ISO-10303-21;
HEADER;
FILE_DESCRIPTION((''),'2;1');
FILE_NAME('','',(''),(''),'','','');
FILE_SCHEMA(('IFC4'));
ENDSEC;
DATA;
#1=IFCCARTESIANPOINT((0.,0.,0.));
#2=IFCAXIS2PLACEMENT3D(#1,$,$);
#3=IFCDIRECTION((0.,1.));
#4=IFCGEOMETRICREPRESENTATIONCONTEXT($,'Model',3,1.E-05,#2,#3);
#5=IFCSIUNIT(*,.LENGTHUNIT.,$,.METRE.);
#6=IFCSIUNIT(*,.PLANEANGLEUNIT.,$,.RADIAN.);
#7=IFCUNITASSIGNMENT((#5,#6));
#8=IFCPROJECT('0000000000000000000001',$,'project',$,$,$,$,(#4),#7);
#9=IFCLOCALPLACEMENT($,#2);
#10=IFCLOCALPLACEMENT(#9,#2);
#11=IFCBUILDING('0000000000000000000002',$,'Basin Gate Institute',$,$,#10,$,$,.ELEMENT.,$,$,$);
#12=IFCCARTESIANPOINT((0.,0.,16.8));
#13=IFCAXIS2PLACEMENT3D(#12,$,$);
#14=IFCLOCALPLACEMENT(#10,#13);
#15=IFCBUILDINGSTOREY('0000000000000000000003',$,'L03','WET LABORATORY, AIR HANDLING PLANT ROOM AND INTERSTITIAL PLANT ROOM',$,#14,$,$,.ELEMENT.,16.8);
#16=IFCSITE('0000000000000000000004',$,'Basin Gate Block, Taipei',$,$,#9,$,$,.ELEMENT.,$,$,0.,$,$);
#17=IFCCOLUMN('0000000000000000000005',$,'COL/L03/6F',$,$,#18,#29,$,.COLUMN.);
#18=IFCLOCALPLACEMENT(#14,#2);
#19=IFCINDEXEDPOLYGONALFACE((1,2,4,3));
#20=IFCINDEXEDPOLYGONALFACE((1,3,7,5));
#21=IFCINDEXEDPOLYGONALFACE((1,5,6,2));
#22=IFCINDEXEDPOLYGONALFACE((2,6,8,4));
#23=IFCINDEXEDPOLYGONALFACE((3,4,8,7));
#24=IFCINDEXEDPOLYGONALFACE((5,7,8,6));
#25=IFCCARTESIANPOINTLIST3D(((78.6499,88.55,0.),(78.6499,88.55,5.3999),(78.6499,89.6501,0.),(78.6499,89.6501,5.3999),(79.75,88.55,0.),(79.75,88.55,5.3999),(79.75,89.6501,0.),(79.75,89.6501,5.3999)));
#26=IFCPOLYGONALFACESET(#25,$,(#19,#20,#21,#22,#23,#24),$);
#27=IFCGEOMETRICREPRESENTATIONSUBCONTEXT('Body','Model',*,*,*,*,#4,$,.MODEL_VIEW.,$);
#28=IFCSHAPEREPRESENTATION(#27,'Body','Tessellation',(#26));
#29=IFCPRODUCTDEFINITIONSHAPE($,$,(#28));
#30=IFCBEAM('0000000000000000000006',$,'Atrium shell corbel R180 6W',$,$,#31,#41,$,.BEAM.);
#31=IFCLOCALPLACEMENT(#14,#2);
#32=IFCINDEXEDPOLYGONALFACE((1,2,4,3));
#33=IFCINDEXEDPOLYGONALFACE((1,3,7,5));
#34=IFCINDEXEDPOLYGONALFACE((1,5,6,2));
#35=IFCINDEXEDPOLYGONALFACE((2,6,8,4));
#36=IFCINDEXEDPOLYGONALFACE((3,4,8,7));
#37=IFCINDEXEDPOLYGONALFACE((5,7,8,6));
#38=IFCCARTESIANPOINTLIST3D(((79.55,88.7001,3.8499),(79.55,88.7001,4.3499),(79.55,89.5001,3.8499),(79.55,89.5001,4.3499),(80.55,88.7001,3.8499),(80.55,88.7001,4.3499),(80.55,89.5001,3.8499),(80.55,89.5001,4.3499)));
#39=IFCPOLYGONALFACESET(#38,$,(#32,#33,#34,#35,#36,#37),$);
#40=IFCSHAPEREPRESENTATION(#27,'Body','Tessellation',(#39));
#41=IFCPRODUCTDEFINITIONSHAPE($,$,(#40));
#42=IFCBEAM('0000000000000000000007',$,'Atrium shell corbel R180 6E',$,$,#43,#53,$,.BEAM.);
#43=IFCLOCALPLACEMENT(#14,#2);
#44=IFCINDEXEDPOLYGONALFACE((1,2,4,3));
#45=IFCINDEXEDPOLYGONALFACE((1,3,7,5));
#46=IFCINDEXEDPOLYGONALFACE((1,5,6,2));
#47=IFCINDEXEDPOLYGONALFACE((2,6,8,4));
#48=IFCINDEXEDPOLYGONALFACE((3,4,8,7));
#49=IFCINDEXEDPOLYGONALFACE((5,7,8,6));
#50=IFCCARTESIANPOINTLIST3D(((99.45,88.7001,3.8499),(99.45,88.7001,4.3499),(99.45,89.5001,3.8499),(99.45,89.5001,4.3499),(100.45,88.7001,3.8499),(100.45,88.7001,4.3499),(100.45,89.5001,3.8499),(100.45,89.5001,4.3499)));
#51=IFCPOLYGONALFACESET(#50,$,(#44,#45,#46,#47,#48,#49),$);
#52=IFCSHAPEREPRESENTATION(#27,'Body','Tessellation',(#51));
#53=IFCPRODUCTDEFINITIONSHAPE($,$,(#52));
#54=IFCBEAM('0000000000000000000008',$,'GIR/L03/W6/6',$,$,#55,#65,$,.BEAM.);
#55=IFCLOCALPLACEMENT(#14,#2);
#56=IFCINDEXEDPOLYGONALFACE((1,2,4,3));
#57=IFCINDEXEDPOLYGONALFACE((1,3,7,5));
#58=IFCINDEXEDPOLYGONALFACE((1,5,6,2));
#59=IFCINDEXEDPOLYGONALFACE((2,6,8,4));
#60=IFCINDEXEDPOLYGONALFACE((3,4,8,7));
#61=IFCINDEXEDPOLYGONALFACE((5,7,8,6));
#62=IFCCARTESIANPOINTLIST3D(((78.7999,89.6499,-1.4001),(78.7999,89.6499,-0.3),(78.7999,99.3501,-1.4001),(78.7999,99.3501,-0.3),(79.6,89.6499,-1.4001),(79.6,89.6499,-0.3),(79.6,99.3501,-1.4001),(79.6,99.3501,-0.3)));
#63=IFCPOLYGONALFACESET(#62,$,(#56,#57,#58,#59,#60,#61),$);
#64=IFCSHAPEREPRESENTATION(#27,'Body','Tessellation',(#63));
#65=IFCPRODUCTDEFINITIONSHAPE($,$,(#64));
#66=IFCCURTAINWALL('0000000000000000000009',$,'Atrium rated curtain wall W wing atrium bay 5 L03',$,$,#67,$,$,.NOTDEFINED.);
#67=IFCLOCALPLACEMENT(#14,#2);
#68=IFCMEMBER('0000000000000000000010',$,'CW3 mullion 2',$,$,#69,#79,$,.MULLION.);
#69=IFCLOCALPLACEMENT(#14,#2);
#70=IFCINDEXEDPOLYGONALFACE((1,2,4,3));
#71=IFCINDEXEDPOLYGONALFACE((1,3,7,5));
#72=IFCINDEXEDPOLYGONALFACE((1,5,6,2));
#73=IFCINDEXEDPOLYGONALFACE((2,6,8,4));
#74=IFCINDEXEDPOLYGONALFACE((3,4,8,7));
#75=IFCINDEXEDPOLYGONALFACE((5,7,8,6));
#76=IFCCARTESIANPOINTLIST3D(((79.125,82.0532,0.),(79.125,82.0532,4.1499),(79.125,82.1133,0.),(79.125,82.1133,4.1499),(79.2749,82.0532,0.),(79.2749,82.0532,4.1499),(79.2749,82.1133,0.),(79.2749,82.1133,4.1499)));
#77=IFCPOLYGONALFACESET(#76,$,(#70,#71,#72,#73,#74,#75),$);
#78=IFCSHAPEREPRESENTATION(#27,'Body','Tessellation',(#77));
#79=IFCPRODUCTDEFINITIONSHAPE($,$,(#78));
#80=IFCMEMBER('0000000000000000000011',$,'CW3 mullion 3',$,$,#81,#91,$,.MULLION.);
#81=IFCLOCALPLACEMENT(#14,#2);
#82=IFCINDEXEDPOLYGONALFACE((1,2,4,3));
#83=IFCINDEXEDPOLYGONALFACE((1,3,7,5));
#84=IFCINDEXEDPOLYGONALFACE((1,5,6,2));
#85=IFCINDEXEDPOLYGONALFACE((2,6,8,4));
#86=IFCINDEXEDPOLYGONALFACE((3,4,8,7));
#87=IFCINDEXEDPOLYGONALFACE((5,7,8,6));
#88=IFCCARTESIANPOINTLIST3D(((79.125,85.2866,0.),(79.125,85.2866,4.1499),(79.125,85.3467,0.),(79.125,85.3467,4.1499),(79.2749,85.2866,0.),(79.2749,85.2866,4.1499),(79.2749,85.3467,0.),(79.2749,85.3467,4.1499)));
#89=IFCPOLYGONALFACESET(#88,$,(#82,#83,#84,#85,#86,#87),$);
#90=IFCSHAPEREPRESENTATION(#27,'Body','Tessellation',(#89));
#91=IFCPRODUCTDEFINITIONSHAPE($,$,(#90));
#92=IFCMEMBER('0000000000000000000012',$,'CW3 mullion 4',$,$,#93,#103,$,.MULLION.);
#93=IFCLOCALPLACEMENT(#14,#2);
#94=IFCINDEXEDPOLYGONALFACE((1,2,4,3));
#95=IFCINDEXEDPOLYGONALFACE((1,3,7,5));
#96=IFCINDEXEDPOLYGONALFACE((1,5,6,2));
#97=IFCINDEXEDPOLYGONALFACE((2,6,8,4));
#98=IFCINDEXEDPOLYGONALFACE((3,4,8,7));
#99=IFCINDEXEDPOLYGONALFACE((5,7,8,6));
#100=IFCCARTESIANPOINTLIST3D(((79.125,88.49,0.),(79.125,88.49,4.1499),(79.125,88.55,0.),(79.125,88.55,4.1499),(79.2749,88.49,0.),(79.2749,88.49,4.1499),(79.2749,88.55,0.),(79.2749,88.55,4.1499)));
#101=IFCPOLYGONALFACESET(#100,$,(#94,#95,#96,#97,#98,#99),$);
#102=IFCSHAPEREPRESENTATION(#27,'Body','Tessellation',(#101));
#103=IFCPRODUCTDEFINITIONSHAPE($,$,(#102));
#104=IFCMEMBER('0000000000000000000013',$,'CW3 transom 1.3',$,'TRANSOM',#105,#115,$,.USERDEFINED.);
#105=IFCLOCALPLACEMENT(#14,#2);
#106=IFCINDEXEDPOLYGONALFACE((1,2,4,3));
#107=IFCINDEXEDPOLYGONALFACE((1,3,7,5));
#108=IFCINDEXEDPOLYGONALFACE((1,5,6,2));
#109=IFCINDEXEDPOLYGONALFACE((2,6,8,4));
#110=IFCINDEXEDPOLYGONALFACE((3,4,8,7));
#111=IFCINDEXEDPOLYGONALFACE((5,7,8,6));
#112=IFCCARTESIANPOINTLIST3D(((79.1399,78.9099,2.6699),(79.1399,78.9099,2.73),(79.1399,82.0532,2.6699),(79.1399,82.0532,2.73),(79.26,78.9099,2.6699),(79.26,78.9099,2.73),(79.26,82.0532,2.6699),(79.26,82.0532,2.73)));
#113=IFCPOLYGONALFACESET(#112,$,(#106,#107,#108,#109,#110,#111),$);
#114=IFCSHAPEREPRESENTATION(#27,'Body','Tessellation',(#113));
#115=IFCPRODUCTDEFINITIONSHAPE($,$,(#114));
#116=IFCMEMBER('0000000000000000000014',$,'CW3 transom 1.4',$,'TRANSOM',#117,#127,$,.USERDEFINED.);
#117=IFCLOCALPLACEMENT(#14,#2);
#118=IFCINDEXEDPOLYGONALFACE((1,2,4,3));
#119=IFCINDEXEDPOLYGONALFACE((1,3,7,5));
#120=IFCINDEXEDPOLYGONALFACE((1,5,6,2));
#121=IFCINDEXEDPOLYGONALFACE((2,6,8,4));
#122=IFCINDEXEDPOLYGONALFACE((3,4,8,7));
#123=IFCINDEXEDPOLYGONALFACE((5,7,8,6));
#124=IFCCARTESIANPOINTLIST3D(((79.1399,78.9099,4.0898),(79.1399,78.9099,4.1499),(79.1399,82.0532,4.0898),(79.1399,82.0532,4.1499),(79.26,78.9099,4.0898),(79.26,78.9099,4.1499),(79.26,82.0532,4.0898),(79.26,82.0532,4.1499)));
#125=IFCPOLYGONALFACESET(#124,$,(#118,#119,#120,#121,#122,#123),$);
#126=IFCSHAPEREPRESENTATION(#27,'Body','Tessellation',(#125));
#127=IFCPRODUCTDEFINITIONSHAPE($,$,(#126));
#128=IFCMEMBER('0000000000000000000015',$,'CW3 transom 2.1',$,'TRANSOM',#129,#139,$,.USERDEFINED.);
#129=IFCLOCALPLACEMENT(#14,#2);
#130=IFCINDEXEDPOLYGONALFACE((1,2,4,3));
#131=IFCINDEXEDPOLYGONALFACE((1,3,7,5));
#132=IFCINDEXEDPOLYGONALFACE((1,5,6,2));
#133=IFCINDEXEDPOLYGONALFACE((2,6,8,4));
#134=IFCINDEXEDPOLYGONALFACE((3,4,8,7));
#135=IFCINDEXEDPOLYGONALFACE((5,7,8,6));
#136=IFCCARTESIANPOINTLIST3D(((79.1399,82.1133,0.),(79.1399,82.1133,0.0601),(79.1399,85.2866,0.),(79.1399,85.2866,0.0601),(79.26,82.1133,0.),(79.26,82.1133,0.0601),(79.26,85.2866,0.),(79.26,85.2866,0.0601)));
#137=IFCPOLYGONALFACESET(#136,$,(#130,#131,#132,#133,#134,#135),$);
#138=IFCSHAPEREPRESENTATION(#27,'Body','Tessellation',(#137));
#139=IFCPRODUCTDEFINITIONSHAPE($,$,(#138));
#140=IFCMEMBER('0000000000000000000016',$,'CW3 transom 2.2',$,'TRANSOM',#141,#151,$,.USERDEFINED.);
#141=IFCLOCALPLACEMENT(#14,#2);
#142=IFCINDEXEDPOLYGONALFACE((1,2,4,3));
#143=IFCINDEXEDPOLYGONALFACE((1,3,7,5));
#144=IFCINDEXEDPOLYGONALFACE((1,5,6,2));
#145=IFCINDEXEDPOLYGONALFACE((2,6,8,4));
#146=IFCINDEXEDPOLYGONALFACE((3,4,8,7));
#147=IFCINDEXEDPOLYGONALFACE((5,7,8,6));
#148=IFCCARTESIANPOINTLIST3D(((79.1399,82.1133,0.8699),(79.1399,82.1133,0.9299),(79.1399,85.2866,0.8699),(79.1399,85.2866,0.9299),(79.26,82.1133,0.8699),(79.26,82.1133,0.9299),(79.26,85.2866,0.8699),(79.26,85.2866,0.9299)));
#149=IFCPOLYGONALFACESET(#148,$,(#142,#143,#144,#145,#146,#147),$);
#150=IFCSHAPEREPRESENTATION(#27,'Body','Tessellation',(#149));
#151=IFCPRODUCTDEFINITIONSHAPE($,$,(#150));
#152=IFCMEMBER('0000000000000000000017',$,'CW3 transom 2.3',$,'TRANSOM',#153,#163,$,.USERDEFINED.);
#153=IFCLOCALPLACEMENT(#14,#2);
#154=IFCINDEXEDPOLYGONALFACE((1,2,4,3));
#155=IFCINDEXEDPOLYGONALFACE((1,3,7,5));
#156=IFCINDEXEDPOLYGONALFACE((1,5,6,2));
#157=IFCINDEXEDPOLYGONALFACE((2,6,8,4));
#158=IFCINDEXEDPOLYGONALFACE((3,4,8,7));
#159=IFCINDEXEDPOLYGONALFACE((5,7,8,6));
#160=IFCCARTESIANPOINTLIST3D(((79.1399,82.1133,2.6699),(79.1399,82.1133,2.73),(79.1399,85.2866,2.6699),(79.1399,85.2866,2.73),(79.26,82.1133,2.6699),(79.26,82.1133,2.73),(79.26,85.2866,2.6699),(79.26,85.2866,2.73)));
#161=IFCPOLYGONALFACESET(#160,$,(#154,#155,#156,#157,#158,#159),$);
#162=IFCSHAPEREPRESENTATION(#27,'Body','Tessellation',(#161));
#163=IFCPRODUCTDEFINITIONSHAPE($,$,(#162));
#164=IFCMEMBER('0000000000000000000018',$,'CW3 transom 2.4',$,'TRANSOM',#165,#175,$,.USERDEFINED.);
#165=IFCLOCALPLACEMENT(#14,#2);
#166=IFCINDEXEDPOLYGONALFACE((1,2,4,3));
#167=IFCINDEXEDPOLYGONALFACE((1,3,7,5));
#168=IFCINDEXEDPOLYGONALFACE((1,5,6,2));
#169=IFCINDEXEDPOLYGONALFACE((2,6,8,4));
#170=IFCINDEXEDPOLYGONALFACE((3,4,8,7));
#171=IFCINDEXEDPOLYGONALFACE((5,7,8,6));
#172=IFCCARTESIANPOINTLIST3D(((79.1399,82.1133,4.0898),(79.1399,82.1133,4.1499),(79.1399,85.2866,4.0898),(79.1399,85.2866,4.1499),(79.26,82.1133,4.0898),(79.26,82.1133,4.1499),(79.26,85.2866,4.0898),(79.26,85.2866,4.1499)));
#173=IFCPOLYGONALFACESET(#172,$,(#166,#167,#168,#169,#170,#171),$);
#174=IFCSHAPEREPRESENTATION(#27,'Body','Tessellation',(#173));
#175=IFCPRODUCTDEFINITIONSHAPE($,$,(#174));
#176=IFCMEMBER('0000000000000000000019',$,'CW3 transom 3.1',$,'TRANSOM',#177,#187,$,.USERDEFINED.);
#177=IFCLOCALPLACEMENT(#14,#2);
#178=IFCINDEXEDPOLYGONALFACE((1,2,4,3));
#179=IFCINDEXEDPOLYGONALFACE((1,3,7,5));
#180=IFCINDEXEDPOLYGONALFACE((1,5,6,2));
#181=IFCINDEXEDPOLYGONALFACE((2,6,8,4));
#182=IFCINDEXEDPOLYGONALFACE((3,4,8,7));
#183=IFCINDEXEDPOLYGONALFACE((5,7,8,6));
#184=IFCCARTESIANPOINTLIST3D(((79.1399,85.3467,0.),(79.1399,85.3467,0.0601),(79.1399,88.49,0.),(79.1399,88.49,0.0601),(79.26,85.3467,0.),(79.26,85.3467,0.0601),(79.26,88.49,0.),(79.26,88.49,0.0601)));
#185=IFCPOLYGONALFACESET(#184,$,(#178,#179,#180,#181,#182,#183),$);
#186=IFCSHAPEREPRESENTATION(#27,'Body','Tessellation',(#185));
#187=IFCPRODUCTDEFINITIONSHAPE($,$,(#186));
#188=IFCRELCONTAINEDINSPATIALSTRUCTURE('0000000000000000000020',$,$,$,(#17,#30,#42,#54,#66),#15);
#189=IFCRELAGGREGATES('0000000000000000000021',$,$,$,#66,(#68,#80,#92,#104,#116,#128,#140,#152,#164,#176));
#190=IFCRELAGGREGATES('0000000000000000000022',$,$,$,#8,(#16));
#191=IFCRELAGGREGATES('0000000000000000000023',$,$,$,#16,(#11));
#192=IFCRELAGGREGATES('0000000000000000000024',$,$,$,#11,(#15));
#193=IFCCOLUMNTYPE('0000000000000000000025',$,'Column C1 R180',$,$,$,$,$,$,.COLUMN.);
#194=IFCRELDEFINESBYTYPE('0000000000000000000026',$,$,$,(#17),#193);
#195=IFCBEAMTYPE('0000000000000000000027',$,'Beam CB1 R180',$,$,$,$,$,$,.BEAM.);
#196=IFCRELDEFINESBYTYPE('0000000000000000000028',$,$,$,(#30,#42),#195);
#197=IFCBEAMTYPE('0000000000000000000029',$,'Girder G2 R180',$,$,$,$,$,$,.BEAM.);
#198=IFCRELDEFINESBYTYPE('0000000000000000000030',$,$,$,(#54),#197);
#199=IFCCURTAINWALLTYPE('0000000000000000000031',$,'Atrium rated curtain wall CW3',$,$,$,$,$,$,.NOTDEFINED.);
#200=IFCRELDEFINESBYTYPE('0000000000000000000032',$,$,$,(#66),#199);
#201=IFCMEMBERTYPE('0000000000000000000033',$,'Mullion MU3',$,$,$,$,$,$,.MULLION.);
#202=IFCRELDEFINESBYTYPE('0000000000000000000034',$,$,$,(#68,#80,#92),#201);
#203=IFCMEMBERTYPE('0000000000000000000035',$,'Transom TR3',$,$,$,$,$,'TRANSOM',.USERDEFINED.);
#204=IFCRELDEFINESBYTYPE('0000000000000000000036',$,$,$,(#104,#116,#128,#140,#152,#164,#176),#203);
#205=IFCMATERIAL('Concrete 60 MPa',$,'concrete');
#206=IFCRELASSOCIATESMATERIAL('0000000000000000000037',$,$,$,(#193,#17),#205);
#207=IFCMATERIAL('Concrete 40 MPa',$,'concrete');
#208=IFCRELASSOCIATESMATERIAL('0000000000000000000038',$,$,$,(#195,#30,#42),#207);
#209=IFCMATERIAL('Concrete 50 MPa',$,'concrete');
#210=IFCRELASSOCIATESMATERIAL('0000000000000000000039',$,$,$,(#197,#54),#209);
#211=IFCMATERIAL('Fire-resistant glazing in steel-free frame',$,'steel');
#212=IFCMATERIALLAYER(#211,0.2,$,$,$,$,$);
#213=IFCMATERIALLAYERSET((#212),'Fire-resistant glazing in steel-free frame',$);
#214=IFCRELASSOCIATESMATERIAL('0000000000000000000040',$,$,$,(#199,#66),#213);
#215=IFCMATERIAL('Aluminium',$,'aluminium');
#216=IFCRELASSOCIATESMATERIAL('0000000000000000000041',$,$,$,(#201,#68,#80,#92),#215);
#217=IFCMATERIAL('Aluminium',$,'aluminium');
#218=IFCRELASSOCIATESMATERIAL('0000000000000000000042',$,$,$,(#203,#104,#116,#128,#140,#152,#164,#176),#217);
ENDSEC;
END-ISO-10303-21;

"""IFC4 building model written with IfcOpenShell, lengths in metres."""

from ifc_helpers import new_model, si_unit, direction, frame, origin, origin_2d, place, context, subcontext, project, spatial, rectangle, extrude, material, layer, layer_set, material_profile, profile_set, type_object, element, aggregate, save


model = new_model("IFC4")

# Units and contexts
model_context = context("Model", 3, precision=1e-05, world=origin(), true_north=direction((0.0, 1.0)))
body_context = subcontext(model_context, "Body", "Model", "MODEL_VIEW")
ifc_project = project(units=[si_unit("LENGTHUNIT", "METRE"), si_unit("PLANEANGLEUNIT", "RADIAN")], contexts=[model_context])

# Site, building, storey
site_placement = place(None, origin())
site = spatial("IfcSite", under=ifc_project, at=site_placement, Name="Basin Gate Block, Taipei", CompositionType="ELEMENT", RefElevation=0.0)
building_placement = place(site_placement, origin())
building = spatial("IfcBuilding", under=site, at=building_placement, Name="Basin Gate Institute", CompositionType="ELEMENT")
storey_placement = place(building_placement, frame((0.0, 0.0, 16.8)))
storey = spatial("IfcBuildingStorey", under=building, at=storey_placement, Name="L03", Description="WET LABORATORY, AIR HANDLING PLANT ROOM AND INTERSTITIAL PLANT ROOM", CompositionType="ELEMENT", Elevation=16.8)

# Column
ifc_material_1 = material(Name="Concrete 60 MPa", Category="concrete")
ifc_material_profile_1 = material_profile(ifc_material_1, rectangle(XDim=1.1001, YDim=1.1001, at=origin_2d()), Name="Column C1 1100 x 1100")
ifc_profile_set_1 = profile_set([ifc_material_profile_1], Name="Concrete 60 MPa")
column_type = type_object("IfcColumnType", Name="Column C1 R180", PredefinedType="COLUMN", material=ifc_profile_set_1)
column_placement = place(storey_placement, frame((79.2, 89.1001, 0.0), z_axis=(0.0, 0.0, 1.0), x_axis=(1.0, 0.0, 0.0)))
element("IfcColumn", 1, at=column_placement, inside=storey, type_object=column_type, material=ifc_profile_set_1, Name="COL/L03/6F", PredefinedType="COLUMN", context=body_context, shape_type="SweptSolid", body=[
    extrude(rectangle(XDim=1.1001, YDim=1.1001, at=origin_2d()), origin(), (0.0, 0.0, 1.0), 5.3999),
])

# Beams
ifc_material_2 = material(Name="Concrete 40 MPa", Category="concrete")
ifc_material_profile_2 = material_profile(ifc_material_2, rectangle(XDim=0.8, YDim=0.5, at=origin_2d()), Name="Beam CB1 800 x 500")
ifc_profile_set_2 = profile_set([ifc_material_profile_2], Name="Concrete 40 MPa")
beam_type_1 = type_object("IfcBeamType", Name="Beam CB1 R180", PredefinedType="BEAM", material=ifc_profile_set_2)
for number, where, z_axis, x_axis, name in (
    (2, (79.55, 89.1001, 4.0999), (1.0, 0.0, 0.0), (0.0, 1.0, 0.0), "Atrium shell corbel R180 6W"),
    (3, (100.45, 89.1001, 4.0999), (-1.0, 0.0, 0.0), (0.0, -1.0, 0.0), "Atrium shell corbel R180 6E"),
):
    element("IfcBeam", number, at=place(storey_placement, frame(where, z_axis=z_axis, x_axis=x_axis)), inside=storey, type_object=beam_type_1, material=ifc_profile_set_2, Name=name, PredefinedType="BEAM", context=body_context, shape_type="SweptSolid", body=[
        extrude(rectangle(XDim=0.8, YDim=0.5, at=origin_2d()), origin(), (0.0, 0.0, 1.0), 1.0),
    ])
ifc_material_3 = material(Name="Concrete 50 MPa", Category="concrete")
ifc_material_profile_3 = material_profile(ifc_material_3, rectangle(XDim=0.8, YDim=1.1001, at=origin_2d()), Name="Girder G2 800 x 1100")
ifc_profile_set_3 = profile_set([ifc_material_profile_3], Name="Concrete 50 MPa")
beam_type_2 = type_object("IfcBeamType", Name="Girder G2 R180", PredefinedType="BEAM", material=ifc_profile_set_3)
beam_placement = place(storey_placement, frame((79.2, 89.6499, -0.8501), z_axis=(0.0, 1.0, 0.0), x_axis=(-1.0, 0.0, 0.0)))
element("IfcBeam", 4, at=beam_placement, inside=storey, type_object=beam_type_2, material=ifc_profile_set_3, Name="GIR/L03/W6/6", PredefinedType="BEAM", context=body_context, shape_type="SweptSolid", body=[
    extrude(rectangle(XDim=0.8, YDim=1.1001, at=origin_2d()), origin(), (0.0, 0.0, 1.0), 9.7002),
])

# Curtain wall, members
ifc_material_4 = material(Name="Fire-resistant glazing in steel-free frame", Category="steel")
ifc_layer_1 = layer(ifc_material_4, 0.2)
ifc_layer_set_1 = layer_set([ifc_layer_1], Name="Fire-resistant glazing in steel-free frame")
curtain_wall_type = type_object("IfcCurtainWallType", Name="Atrium rated curtain wall CW3", PredefinedType="NOTDEFINED", material=ifc_layer_set_1)
curtain_wall_placement = place(storey_placement, origin())
curtain_wall = element("IfcCurtainWall", 5, at=curtain_wall_placement, inside=storey, type_object=curtain_wall_type, material=ifc_layer_set_1, Name="Atrium rated curtain wall W wing atrium bay 5 L03", PredefinedType="NOTDEFINED")
ifc_material_5 = material(Name="Aluminium", Category="aluminium")
ifc_material_profile_4 = material_profile(ifc_material_5, rectangle(XDim=0.1499, YDim=0.0601, at=origin_2d()), Name="Mullion MU3 150 x 60")
ifc_profile_set_4 = profile_set([ifc_material_profile_4], Name="Aluminium")
member_type_1 = type_object("IfcMemberType", Name="Mullion MU3", PredefinedType="MULLION", material=ifc_profile_set_4)
member_1_placement = place(storey_placement, frame((79.2, 82.0833, 0.0), z_axis=(0.0, 0.0, 1.0), x_axis=(-1.0, 0.0, 0.0)))
member_1 = element("IfcMember", 6, at=member_1_placement, type_object=member_type_1, material=ifc_profile_set_4, Name="CW3 mullion 2", PredefinedType="MULLION", context=body_context, shape_type="SweptSolid", body=[
    extrude(rectangle(XDim=0.1499, YDim=0.0601, at=origin_2d()), origin(), (0.0, 0.0, 1.0), 4.1499),
])
member_2_placement = place(storey_placement, frame((79.2, 85.3167, 0.0), z_axis=(0.0, 0.0, 1.0), x_axis=(-1.0, 0.0, 0.0)))
member_2 = element("IfcMember", 7, at=member_2_placement, type_object=member_type_1, material=ifc_profile_set_4, Name="CW3 mullion 3", PredefinedType="MULLION", context=body_context, shape_type="SweptSolid", body=[
    extrude(rectangle(XDim=0.1499, YDim=0.0601, at=origin_2d()), origin(), (0.0, 0.0, 1.0), 4.1499),
])
member_3_placement = place(storey_placement, frame((79.2, 88.52, 0.0), z_axis=(0.0, 0.0, 1.0), x_axis=(-1.0, 0.0, 0.0)))
member_3 = element("IfcMember", 8, at=member_3_placement, type_object=member_type_1, material=ifc_profile_set_4, Name="CW3 mullion 4", PredefinedType="MULLION", context=body_context, shape_type="SweptSolid", body=[
    extrude(rectangle(XDim=0.1499, YDim=0.0601, at=origin_2d()), origin(), (0.0, 0.0, 1.0), 4.1499),
])
ifc_material_6 = material(Name="Aluminium", Category="aluminium")
ifc_material_profile_5 = material_profile(ifc_material_6, rectangle(XDim=0.1201, YDim=0.0601, at=origin_2d()), Name="Transom TR3 120 x 60")
ifc_profile_set_5 = profile_set([ifc_material_profile_5], Name="Aluminium")
member_type_2 = type_object("IfcMemberType", Name="Transom TR3", ElementType="TRANSOM", PredefinedType="USERDEFINED", material=ifc_profile_set_5)
member_4_placement = place(storey_placement, frame((79.2, 78.9099, 2.7), z_axis=(0.0, 1.0, 0.0), x_axis=(-1.0, 0.0, 0.0)))
member_4 = element("IfcMember", 9, at=member_4_placement, type_object=member_type_2, material=ifc_profile_set_5, Name="CW3 transom 1.3", ObjectType="TRANSOM", PredefinedType="USERDEFINED", context=body_context, shape_type="SweptSolid", body=[
    extrude(rectangle(XDim=0.1201, YDim=0.0601, at=origin_2d()), origin(), (0.0, 0.0, 1.0), 3.1433),
])
member_5_placement = place(storey_placement, frame((79.2, 78.9099, 4.1199), z_axis=(0.0, 1.0, 0.0), x_axis=(-1.0, 0.0, 0.0)))
member_5 = element("IfcMember", 10, at=member_5_placement, type_object=member_type_2, material=ifc_profile_set_5, Name="CW3 transom 1.4", ObjectType="TRANSOM", PredefinedType="USERDEFINED", context=body_context, shape_type="SweptSolid", body=[
    extrude(rectangle(XDim=0.1201, YDim=0.0601, at=origin_2d()), origin(), (0.0, 0.0, 1.0), 3.1433),
])
member_6_placement = place(storey_placement, frame((79.2, 82.1133, 0.03), z_axis=(0.0, 1.0, 0.0), x_axis=(-1.0, 0.0, 0.0)))
member_6 = element("IfcMember", 11, at=member_6_placement, type_object=member_type_2, material=ifc_profile_set_5, Name="CW3 transom 2.1", ObjectType="TRANSOM", PredefinedType="USERDEFINED", context=body_context, shape_type="SweptSolid", body=[
    extrude(rectangle(XDim=0.1201, YDim=0.0601, at=origin_2d()), origin(), (0.0, 0.0, 1.0), 3.1733),
])
member_7_placement = place(storey_placement, frame((79.2, 82.1133, 0.8999), z_axis=(0.0, 1.0, 0.0), x_axis=(-1.0, 0.0, 0.0)))
member_7 = element("IfcMember", 12, at=member_7_placement, type_object=member_type_2, material=ifc_profile_set_5, Name="CW3 transom 2.2", ObjectType="TRANSOM", PredefinedType="USERDEFINED", context=body_context, shape_type="SweptSolid", body=[
    extrude(rectangle(XDim=0.1201, YDim=0.0601, at=origin_2d()), origin(), (0.0, 0.0, 1.0), 3.1733),
])
member_8_placement = place(storey_placement, frame((79.2, 82.1133, 2.7), z_axis=(0.0, 1.0, 0.0), x_axis=(-1.0, 0.0, 0.0)))
member_8 = element("IfcMember", 13, at=member_8_placement, type_object=member_type_2, material=ifc_profile_set_5, Name="CW3 transom 2.3", ObjectType="TRANSOM", PredefinedType="USERDEFINED", context=body_context, shape_type="SweptSolid", body=[
    extrude(rectangle(XDim=0.1201, YDim=0.0601, at=origin_2d()), origin(), (0.0, 0.0, 1.0), 3.1733),
])
member_9_placement = place(storey_placement, frame((79.2, 82.1133, 4.1199), z_axis=(0.0, 1.0, 0.0), x_axis=(-1.0, 0.0, 0.0)))
member_9 = element("IfcMember", 14, at=member_9_placement, type_object=member_type_2, material=ifc_profile_set_5, Name="CW3 transom 2.4", ObjectType="TRANSOM", PredefinedType="USERDEFINED", context=body_context, shape_type="SweptSolid", body=[
    extrude(rectangle(XDim=0.1201, YDim=0.0601, at=origin_2d()), origin(), (0.0, 0.0, 1.0), 3.1733),
])
member_10_placement = place(storey_placement, frame((79.2, 85.3467, 0.03), z_axis=(0.0, 1.0, 0.0), x_axis=(-1.0, 0.0, 0.0)))
member_10 = element("IfcMember", 15, at=member_10_placement, type_object=member_type_2, material=ifc_profile_set_5, Name="CW3 transom 3.1", ObjectType="TRANSOM", PredefinedType="USERDEFINED", context=body_context, shape_type="SweptSolid", body=[
    extrude(rectangle(XDim=0.1201, YDim=0.0601, at=origin_2d()), origin(), (0.0, 0.0, 1.0), 3.1433),
])
aggregate(curtain_wall, [member_1, member_2, member_3, member_4, member_5, member_6, member_7, member_8, member_9, member_10])

save(model, "model.ifc")
